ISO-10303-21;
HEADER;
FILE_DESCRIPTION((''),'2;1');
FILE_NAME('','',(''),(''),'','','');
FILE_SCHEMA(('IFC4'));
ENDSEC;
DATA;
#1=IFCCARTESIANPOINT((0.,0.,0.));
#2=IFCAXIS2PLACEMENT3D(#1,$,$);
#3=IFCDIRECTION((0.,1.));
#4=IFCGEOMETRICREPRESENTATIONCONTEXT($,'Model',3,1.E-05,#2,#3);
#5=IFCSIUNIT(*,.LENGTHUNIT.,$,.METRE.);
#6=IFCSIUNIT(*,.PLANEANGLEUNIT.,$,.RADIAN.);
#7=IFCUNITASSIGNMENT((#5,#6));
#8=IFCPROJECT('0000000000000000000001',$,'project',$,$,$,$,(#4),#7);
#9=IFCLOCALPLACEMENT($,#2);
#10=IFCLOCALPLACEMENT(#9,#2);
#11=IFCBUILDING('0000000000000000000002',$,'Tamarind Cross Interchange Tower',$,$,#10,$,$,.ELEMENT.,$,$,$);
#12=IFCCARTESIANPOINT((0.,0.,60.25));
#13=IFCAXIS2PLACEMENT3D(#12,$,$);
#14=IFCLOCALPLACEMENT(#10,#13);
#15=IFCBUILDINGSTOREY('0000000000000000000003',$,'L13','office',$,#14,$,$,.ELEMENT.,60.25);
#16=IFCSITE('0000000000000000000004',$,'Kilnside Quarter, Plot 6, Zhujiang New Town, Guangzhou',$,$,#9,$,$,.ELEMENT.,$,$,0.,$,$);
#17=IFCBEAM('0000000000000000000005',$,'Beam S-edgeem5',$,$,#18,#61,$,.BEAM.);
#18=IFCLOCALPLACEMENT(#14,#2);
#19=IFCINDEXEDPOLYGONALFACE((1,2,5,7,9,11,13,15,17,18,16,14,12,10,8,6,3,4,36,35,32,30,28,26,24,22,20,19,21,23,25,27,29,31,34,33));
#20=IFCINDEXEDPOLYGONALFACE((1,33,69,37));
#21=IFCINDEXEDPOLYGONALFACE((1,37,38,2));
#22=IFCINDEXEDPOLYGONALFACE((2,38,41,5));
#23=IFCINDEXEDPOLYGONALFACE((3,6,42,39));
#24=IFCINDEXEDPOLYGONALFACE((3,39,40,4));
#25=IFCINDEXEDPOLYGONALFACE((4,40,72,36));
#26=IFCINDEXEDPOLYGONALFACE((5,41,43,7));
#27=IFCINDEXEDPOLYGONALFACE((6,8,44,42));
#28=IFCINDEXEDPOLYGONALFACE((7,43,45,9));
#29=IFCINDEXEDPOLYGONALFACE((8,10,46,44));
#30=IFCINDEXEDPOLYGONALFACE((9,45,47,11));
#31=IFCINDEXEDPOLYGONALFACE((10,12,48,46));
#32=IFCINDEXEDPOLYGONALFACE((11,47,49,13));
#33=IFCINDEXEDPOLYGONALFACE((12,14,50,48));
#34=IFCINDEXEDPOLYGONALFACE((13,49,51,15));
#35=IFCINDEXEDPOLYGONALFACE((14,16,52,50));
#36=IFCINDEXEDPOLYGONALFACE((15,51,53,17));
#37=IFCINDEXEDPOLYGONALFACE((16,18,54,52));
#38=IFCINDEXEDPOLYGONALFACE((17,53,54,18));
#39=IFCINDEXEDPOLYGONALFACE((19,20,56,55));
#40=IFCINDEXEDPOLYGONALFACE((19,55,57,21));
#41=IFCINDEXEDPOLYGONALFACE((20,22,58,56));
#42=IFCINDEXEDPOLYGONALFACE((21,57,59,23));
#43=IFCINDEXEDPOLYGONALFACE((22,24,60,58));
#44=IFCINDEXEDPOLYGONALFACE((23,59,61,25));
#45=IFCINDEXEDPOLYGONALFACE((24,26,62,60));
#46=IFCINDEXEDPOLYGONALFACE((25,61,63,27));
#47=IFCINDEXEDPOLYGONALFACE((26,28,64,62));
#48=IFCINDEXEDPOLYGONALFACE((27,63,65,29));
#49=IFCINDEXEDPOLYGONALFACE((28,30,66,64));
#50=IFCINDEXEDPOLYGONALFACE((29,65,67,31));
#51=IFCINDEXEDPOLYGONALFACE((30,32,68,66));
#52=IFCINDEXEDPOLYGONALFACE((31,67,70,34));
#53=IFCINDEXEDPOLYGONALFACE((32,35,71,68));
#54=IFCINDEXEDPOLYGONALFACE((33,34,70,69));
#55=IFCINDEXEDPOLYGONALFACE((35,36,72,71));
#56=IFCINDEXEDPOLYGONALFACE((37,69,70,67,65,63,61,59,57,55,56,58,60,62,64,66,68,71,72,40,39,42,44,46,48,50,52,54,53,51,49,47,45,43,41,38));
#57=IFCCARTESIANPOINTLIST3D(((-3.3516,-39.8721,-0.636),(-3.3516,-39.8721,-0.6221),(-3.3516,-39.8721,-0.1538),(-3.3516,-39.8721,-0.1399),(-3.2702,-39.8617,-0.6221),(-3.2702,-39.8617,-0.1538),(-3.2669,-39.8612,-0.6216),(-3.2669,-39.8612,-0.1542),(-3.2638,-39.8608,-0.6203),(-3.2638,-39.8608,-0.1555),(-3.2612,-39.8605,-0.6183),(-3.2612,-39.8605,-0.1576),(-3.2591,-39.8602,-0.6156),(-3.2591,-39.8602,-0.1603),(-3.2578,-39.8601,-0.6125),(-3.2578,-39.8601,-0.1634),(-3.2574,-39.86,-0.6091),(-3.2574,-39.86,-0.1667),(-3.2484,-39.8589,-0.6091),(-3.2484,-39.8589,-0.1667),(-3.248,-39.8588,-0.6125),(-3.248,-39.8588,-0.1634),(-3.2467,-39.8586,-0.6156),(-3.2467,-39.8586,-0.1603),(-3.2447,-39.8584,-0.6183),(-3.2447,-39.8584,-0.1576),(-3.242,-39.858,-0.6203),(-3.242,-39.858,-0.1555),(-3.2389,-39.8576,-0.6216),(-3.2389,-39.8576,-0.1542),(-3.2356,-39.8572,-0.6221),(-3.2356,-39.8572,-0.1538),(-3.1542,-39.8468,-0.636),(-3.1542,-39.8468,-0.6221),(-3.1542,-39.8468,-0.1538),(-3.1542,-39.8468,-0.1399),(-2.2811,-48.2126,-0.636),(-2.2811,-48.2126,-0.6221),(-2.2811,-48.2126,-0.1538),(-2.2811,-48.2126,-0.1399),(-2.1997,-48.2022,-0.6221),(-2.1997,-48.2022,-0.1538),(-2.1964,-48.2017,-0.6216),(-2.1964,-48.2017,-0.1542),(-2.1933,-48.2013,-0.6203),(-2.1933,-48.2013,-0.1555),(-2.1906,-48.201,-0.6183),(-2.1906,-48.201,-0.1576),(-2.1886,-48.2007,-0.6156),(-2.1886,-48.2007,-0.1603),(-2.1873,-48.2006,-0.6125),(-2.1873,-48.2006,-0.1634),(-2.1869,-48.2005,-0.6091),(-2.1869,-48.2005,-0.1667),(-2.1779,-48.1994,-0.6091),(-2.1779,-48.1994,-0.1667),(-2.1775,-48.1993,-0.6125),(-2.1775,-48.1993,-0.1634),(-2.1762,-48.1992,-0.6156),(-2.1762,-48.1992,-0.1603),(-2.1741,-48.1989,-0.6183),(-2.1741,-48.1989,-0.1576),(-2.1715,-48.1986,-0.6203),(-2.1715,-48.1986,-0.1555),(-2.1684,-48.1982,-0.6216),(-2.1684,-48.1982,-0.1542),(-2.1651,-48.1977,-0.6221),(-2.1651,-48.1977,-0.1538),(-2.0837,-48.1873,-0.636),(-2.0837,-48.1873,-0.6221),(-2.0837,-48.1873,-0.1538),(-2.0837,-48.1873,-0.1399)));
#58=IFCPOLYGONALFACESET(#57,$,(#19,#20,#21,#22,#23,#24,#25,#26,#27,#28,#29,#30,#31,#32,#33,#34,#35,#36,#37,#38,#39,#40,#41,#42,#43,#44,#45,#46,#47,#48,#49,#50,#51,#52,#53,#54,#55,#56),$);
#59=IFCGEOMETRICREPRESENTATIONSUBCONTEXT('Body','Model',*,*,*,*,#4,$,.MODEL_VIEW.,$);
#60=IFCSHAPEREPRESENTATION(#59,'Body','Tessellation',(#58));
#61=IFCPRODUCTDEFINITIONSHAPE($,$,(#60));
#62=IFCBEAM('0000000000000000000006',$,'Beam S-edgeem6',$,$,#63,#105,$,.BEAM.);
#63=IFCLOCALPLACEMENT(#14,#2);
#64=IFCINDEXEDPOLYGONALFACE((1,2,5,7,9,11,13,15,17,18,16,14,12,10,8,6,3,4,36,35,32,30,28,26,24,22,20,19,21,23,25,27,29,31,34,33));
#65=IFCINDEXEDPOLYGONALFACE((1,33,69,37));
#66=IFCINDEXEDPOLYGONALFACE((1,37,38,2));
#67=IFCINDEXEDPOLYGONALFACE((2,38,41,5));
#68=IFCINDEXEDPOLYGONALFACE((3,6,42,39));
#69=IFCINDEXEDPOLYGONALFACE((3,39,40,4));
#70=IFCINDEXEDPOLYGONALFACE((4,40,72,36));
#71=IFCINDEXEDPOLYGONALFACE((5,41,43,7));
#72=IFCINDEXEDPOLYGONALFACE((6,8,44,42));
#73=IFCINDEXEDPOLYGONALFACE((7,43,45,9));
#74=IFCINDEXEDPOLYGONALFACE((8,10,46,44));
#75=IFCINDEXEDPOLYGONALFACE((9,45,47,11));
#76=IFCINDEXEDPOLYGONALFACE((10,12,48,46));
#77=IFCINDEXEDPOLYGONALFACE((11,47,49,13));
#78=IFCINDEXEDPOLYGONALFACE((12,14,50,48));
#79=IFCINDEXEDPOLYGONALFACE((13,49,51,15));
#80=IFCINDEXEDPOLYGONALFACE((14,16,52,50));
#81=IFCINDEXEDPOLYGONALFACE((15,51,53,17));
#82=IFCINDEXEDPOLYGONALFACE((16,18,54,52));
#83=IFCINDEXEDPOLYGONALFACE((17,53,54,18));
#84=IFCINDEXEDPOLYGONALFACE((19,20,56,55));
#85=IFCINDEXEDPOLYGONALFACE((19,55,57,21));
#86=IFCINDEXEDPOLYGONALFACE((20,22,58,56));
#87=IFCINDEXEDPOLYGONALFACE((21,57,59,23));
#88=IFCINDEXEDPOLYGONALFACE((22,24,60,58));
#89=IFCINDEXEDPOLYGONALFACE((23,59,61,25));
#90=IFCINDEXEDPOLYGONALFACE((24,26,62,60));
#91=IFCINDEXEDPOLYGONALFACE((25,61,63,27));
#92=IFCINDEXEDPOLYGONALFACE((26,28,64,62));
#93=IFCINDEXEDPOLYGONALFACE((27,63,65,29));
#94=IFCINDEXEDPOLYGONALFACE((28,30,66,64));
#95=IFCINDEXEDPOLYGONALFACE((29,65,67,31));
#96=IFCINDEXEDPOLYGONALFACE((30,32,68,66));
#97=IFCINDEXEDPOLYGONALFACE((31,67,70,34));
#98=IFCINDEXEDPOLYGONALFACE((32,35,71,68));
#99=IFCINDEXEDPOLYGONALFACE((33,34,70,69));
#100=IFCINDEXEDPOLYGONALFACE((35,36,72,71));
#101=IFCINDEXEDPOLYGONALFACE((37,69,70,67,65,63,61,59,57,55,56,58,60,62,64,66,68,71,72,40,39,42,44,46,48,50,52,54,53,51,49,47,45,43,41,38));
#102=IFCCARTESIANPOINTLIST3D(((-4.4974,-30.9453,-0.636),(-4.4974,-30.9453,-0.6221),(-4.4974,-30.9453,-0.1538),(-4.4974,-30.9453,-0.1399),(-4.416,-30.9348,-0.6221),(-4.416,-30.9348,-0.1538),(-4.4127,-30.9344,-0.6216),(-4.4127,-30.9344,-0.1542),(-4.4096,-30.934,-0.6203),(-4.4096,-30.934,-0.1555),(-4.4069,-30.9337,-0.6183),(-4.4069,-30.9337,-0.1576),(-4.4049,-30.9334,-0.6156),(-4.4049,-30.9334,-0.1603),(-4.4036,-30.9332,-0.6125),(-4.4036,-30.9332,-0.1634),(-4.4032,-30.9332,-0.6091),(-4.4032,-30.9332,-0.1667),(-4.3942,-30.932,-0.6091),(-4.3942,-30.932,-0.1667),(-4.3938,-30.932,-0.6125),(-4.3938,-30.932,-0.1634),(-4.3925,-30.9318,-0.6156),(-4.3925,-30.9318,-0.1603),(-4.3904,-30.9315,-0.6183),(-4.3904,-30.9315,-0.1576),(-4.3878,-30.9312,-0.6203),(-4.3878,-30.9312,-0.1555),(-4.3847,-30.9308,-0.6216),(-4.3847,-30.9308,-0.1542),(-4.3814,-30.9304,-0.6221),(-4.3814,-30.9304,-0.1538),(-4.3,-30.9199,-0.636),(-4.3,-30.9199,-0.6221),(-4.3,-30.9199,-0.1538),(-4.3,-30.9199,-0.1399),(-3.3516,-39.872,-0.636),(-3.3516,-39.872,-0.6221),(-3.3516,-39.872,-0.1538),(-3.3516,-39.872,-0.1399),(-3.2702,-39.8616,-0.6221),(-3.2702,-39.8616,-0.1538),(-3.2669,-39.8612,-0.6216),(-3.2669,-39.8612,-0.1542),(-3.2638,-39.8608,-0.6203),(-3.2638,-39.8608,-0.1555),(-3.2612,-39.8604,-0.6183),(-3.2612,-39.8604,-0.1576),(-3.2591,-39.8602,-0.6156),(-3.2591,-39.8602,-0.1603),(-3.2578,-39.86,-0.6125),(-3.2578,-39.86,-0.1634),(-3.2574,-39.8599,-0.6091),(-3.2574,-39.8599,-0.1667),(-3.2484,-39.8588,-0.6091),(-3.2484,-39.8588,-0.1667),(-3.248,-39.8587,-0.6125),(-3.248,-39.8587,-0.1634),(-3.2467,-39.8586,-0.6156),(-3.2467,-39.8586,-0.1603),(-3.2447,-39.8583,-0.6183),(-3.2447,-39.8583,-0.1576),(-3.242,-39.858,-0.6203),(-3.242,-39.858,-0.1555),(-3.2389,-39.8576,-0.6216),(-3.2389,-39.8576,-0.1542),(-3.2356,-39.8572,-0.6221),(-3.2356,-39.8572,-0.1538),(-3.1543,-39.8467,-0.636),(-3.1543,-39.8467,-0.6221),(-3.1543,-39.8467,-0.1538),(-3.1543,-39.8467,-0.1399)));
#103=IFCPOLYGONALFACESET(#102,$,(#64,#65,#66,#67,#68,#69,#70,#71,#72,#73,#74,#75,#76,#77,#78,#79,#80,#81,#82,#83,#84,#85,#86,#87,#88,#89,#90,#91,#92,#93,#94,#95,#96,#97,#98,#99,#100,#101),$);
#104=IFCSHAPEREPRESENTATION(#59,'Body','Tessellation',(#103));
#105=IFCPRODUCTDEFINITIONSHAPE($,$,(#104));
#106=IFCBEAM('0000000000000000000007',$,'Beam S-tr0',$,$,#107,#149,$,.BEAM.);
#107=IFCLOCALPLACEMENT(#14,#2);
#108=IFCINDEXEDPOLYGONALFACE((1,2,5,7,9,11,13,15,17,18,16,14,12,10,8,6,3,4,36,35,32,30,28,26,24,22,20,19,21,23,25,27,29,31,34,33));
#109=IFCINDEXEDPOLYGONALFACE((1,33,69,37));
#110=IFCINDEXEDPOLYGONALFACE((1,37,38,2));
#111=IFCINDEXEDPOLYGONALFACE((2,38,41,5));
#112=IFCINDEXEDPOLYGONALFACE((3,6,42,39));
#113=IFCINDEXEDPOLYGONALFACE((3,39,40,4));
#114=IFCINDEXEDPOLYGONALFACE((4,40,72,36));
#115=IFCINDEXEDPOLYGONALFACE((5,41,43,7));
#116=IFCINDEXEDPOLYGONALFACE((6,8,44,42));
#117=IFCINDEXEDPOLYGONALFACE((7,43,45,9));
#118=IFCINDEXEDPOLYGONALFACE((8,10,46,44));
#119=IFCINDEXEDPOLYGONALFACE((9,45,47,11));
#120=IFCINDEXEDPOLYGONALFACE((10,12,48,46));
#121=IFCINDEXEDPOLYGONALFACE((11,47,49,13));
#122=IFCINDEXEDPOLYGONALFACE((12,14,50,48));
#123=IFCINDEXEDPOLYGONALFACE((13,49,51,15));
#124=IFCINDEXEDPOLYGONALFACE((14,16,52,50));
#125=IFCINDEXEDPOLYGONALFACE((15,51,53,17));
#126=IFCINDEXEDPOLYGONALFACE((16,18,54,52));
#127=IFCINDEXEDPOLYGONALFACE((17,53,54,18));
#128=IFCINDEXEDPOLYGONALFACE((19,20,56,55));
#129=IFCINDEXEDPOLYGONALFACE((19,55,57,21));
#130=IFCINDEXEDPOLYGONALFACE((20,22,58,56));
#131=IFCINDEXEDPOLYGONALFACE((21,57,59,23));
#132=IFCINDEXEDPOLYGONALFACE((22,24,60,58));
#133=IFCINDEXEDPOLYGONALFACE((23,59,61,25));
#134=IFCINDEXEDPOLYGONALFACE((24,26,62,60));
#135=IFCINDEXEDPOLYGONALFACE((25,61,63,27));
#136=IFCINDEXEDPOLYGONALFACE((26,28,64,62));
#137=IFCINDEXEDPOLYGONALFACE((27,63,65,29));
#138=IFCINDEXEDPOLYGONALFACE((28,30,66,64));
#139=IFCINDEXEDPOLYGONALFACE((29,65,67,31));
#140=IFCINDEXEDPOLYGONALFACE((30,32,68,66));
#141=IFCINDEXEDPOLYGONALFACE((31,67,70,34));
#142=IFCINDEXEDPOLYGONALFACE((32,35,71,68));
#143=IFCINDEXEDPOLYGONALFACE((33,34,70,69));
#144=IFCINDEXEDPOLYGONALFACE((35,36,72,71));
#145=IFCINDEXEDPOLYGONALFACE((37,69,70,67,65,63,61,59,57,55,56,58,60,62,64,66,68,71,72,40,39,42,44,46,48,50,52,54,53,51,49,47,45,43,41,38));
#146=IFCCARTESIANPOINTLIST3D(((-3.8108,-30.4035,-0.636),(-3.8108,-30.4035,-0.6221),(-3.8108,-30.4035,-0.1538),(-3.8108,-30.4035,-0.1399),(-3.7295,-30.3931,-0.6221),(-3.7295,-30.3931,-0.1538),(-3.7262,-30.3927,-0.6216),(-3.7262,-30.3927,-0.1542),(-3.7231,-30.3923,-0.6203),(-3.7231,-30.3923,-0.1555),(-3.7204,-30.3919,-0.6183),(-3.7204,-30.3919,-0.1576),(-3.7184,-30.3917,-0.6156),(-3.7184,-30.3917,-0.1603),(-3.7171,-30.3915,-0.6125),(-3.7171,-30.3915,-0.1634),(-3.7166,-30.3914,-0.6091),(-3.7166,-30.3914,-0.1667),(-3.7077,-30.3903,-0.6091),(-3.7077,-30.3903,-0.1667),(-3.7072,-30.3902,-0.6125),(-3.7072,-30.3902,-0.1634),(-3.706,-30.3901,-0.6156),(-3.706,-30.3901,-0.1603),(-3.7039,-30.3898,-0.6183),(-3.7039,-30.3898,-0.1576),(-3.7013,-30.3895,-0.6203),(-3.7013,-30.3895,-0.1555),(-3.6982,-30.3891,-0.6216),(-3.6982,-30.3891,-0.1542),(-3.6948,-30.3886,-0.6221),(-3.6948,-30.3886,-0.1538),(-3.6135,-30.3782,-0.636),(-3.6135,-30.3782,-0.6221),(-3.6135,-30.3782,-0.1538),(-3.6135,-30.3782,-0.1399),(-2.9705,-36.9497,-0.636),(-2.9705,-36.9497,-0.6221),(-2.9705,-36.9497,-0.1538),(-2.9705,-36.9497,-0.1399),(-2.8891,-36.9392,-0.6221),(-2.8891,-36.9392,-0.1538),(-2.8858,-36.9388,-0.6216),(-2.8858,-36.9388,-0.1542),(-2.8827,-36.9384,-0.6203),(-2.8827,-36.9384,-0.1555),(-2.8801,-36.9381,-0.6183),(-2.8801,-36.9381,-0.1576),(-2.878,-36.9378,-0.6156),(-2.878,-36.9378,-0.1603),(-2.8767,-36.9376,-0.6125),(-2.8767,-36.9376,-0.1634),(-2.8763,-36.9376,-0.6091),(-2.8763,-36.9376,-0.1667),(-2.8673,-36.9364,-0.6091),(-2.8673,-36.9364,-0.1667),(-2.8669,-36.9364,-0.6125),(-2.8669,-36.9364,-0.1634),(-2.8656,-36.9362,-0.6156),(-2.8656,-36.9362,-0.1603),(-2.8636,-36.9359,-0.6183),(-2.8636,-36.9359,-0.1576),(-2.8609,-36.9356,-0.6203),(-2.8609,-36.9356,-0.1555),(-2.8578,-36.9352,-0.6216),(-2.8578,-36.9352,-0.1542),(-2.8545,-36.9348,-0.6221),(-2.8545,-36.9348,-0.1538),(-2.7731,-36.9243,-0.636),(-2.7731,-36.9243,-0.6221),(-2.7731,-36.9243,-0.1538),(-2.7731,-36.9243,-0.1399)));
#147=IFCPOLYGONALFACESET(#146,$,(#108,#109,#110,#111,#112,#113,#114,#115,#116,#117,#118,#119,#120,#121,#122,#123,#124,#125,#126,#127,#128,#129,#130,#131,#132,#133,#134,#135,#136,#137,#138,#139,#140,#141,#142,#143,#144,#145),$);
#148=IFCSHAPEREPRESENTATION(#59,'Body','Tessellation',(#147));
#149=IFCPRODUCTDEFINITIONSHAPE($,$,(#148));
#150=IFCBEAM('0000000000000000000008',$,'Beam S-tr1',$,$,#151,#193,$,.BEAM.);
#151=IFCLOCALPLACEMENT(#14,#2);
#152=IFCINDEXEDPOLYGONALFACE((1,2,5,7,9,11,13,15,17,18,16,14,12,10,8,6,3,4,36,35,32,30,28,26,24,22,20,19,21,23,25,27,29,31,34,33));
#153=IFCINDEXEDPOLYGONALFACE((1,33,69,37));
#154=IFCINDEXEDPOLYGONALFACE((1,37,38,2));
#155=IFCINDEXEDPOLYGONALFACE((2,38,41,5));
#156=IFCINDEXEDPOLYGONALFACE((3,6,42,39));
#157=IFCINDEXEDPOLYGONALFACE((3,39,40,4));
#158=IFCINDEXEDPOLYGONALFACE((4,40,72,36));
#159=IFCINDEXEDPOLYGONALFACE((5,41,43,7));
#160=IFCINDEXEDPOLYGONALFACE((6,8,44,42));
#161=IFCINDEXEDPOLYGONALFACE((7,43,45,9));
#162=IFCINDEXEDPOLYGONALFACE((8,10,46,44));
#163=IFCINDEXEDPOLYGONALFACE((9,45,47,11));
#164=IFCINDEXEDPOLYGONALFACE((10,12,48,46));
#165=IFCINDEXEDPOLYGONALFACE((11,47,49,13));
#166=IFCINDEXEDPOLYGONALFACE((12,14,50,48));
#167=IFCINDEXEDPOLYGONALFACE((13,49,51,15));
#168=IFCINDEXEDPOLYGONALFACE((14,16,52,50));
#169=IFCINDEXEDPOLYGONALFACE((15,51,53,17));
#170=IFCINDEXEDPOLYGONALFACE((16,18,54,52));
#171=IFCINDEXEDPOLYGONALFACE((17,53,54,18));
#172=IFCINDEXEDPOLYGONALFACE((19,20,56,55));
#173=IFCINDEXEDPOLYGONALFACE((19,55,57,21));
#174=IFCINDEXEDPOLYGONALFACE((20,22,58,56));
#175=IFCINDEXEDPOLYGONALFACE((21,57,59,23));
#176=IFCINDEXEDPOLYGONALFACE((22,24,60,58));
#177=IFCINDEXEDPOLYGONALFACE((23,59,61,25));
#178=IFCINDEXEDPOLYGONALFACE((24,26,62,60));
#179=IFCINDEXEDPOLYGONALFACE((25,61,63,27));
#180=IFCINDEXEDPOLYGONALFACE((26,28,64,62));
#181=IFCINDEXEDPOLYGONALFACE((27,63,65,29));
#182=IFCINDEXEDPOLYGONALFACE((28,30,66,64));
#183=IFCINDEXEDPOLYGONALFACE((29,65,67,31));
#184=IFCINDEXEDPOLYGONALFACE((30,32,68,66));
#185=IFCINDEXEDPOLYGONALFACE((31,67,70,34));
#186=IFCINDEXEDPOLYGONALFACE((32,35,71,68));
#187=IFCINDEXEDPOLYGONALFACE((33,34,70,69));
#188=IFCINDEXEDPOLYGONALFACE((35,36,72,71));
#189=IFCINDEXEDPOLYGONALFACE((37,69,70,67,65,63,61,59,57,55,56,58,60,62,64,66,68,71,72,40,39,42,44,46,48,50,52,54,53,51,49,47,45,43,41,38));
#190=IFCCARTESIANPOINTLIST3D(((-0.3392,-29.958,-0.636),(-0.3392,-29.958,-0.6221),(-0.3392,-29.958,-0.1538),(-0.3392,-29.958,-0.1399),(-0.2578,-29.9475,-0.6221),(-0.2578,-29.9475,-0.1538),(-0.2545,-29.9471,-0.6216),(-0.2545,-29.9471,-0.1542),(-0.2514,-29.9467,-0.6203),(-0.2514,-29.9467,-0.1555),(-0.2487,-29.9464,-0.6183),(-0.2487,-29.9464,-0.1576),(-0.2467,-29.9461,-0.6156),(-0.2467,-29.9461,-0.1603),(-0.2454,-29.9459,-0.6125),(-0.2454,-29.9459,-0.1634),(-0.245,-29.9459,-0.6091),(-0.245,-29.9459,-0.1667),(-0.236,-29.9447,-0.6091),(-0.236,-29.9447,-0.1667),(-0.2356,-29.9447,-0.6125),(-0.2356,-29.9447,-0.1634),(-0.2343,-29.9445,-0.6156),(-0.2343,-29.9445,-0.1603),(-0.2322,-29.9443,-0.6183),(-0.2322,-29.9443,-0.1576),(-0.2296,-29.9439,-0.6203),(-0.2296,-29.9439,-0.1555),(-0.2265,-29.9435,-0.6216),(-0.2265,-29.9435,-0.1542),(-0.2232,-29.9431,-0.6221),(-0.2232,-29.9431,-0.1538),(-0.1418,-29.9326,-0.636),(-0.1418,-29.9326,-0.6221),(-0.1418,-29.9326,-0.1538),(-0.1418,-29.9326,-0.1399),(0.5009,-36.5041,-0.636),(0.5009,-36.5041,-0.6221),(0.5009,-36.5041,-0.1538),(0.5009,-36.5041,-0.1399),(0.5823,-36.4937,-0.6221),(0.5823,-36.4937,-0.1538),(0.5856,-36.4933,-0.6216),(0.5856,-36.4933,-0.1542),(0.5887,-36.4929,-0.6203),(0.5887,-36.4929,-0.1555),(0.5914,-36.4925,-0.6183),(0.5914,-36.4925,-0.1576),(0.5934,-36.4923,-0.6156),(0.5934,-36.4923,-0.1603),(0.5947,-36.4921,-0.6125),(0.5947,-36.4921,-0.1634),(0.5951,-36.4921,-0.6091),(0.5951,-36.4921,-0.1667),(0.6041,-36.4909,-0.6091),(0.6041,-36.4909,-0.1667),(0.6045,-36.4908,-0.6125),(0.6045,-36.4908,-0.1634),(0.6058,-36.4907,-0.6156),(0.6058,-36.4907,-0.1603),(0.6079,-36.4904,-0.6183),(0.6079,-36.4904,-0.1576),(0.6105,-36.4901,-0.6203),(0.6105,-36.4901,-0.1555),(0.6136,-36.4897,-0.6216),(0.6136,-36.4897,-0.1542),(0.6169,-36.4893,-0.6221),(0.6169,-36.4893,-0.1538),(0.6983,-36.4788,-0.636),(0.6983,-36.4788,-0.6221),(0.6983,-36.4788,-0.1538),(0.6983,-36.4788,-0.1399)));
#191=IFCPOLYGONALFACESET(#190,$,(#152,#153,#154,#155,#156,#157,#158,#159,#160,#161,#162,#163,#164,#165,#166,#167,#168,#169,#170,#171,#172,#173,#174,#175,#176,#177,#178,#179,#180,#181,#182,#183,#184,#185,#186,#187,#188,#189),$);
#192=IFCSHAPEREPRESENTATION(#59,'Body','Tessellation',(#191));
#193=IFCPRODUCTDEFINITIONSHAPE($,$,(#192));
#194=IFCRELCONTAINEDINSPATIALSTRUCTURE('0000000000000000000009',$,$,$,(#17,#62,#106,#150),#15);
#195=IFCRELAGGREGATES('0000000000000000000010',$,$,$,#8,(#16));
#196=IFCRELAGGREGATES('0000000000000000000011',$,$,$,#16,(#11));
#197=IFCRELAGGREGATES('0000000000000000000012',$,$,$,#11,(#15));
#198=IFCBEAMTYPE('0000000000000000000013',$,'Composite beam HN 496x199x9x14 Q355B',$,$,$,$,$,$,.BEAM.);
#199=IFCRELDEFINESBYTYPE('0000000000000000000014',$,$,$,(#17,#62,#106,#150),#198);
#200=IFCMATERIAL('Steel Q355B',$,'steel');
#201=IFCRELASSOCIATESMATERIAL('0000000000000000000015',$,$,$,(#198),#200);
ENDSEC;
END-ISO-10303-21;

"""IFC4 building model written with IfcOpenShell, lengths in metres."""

from ifc_helpers import new_model, si_unit, direction, frame, origin, origin_2d, place, context, subcontext, project, spatial, i_section, extrude, material, material_profile, profile_set, type_object, element, save


model = new_model("IFC4")

# Units and contexts
model_context = context("Model", 3, precision=1e-05, world=origin(), true_north=direction((0.0, 1.0)))
body_context = subcontext(model_context, "Body", "Model", "MODEL_VIEW")
ifc_project = project(units=[si_unit("LENGTHUNIT", "METRE"), si_unit("PLANEANGLEUNIT", "RADIAN")], contexts=[model_context])

# Site, building, storey
site_placement = place(None, origin())
site = spatial("IfcSite", under=ifc_project, at=site_placement, Name="Kilnside Quarter, Plot 6, Zhujiang New Town, Guangzhou", CompositionType="ELEMENT", RefElevation=0.0)
building_placement = place(site_placement, origin())
building = spatial("IfcBuilding", under=site, at=building_placement, Name="Tamarind Cross Interchange Tower", CompositionType="ELEMENT")
storey_placement = place(building_placement, frame((0.0, 0.0, 60.25)))
storey = spatial("IfcBuildingStorey", under=building, at=storey_placement, Name="L13", Description="office", CompositionType="ELEMENT", Elevation=60.25)

# Beams
ifc_material_1 = material(Name="Steel Q355B", Category="steel")
ifc_material_profile_1 = material_profile(ifc_material_1, i_section(OverallWidth=0.199, OverallDepth=0.4961, WebThickness=0.009, FlangeThickness=0.0139, FilletRadius=0.0129, at=origin_2d()), Name="HN 496x199x9x14")
ifc_profile_set_1 = profile_set([ifc_material_profile_1], Name="Steel Q355B")
beam_type_1 = type_object("IfcBeamType", Name="Composite beam HN 496x199x9x14 Q355B", PredefinedType="BEAM", material=ifc_profile_set_1)
beam_1_placement = place(storey_placement, frame((-2.1824, -48.2, -0.3879), z_axis=(-0.127311, 0.991863, 0.0), x_axis=(-0.991863, -0.127311, 0.0)))
element("IfcBeam", 1, at=beam_1_placement, inside=storey, type_object=beam_type_1, Name="Beam S-edgeem5", PredefinedType="BEAM", context=body_context, shape_type="SweptSolid", body=[
    extrude(i_section(OverallWidth=0.199, OverallDepth=0.4961, WebThickness=0.009, FlangeThickness=0.0139, FilletRadius=0.0129, at=origin_2d()), origin(), (0.0, 0.0, 1.0), 8.4089),
])
beam_2_placement = place(storey_placement, frame((-3.2529, -39.8594, -0.3879), z_axis=(-0.127306, 0.991863, 0.0), x_axis=(-0.991863, -0.127306, 0.0)))
element("IfcBeam", 2, at=beam_2_placement, inside=storey, type_object=beam_type_1, Name="Beam S-edgeem6", PredefinedType="BEAM", context=body_context, shape_type="SweptSolid", body=[
    extrude(i_section(OverallWidth=0.199, OverallDepth=0.4961, WebThickness=0.009, FlangeThickness=0.0139, FilletRadius=0.0129, at=origin_2d()), origin(), (0.0, 0.0, 1.0), 9.0),
])
for number, where, z_axis, x_axis, name in (
    (3, (-3.7122, -30.3909, -0.3879), (0.127326, -0.991861, 0.0), (0.991861, 0.127326, 0.0), "Beam S-tr0"),
    (4, (-0.2405, -29.9453, -0.3879), (0.127289, -0.991866, 0.0), (0.991866, 0.127289, 0.0), "Beam S-tr1"),
):
    element("IfcBeam", number, at=place(storey_placement, frame(where, z_axis=z_axis, x_axis=x_axis)), inside=storey, type_object=beam_type_1, Name=name, PredefinedType="BEAM", context=body_context, shape_type="SweptSolid", body=[
        extrude(i_section(OverallWidth=0.199, OverallDepth=0.4961, WebThickness=0.009, FlangeThickness=0.0139, FilletRadius=0.0129, at=origin_2d()), origin(), (0.0, 0.0, 1.0), 6.5999),
    ])

save(model, "model.ifc")
